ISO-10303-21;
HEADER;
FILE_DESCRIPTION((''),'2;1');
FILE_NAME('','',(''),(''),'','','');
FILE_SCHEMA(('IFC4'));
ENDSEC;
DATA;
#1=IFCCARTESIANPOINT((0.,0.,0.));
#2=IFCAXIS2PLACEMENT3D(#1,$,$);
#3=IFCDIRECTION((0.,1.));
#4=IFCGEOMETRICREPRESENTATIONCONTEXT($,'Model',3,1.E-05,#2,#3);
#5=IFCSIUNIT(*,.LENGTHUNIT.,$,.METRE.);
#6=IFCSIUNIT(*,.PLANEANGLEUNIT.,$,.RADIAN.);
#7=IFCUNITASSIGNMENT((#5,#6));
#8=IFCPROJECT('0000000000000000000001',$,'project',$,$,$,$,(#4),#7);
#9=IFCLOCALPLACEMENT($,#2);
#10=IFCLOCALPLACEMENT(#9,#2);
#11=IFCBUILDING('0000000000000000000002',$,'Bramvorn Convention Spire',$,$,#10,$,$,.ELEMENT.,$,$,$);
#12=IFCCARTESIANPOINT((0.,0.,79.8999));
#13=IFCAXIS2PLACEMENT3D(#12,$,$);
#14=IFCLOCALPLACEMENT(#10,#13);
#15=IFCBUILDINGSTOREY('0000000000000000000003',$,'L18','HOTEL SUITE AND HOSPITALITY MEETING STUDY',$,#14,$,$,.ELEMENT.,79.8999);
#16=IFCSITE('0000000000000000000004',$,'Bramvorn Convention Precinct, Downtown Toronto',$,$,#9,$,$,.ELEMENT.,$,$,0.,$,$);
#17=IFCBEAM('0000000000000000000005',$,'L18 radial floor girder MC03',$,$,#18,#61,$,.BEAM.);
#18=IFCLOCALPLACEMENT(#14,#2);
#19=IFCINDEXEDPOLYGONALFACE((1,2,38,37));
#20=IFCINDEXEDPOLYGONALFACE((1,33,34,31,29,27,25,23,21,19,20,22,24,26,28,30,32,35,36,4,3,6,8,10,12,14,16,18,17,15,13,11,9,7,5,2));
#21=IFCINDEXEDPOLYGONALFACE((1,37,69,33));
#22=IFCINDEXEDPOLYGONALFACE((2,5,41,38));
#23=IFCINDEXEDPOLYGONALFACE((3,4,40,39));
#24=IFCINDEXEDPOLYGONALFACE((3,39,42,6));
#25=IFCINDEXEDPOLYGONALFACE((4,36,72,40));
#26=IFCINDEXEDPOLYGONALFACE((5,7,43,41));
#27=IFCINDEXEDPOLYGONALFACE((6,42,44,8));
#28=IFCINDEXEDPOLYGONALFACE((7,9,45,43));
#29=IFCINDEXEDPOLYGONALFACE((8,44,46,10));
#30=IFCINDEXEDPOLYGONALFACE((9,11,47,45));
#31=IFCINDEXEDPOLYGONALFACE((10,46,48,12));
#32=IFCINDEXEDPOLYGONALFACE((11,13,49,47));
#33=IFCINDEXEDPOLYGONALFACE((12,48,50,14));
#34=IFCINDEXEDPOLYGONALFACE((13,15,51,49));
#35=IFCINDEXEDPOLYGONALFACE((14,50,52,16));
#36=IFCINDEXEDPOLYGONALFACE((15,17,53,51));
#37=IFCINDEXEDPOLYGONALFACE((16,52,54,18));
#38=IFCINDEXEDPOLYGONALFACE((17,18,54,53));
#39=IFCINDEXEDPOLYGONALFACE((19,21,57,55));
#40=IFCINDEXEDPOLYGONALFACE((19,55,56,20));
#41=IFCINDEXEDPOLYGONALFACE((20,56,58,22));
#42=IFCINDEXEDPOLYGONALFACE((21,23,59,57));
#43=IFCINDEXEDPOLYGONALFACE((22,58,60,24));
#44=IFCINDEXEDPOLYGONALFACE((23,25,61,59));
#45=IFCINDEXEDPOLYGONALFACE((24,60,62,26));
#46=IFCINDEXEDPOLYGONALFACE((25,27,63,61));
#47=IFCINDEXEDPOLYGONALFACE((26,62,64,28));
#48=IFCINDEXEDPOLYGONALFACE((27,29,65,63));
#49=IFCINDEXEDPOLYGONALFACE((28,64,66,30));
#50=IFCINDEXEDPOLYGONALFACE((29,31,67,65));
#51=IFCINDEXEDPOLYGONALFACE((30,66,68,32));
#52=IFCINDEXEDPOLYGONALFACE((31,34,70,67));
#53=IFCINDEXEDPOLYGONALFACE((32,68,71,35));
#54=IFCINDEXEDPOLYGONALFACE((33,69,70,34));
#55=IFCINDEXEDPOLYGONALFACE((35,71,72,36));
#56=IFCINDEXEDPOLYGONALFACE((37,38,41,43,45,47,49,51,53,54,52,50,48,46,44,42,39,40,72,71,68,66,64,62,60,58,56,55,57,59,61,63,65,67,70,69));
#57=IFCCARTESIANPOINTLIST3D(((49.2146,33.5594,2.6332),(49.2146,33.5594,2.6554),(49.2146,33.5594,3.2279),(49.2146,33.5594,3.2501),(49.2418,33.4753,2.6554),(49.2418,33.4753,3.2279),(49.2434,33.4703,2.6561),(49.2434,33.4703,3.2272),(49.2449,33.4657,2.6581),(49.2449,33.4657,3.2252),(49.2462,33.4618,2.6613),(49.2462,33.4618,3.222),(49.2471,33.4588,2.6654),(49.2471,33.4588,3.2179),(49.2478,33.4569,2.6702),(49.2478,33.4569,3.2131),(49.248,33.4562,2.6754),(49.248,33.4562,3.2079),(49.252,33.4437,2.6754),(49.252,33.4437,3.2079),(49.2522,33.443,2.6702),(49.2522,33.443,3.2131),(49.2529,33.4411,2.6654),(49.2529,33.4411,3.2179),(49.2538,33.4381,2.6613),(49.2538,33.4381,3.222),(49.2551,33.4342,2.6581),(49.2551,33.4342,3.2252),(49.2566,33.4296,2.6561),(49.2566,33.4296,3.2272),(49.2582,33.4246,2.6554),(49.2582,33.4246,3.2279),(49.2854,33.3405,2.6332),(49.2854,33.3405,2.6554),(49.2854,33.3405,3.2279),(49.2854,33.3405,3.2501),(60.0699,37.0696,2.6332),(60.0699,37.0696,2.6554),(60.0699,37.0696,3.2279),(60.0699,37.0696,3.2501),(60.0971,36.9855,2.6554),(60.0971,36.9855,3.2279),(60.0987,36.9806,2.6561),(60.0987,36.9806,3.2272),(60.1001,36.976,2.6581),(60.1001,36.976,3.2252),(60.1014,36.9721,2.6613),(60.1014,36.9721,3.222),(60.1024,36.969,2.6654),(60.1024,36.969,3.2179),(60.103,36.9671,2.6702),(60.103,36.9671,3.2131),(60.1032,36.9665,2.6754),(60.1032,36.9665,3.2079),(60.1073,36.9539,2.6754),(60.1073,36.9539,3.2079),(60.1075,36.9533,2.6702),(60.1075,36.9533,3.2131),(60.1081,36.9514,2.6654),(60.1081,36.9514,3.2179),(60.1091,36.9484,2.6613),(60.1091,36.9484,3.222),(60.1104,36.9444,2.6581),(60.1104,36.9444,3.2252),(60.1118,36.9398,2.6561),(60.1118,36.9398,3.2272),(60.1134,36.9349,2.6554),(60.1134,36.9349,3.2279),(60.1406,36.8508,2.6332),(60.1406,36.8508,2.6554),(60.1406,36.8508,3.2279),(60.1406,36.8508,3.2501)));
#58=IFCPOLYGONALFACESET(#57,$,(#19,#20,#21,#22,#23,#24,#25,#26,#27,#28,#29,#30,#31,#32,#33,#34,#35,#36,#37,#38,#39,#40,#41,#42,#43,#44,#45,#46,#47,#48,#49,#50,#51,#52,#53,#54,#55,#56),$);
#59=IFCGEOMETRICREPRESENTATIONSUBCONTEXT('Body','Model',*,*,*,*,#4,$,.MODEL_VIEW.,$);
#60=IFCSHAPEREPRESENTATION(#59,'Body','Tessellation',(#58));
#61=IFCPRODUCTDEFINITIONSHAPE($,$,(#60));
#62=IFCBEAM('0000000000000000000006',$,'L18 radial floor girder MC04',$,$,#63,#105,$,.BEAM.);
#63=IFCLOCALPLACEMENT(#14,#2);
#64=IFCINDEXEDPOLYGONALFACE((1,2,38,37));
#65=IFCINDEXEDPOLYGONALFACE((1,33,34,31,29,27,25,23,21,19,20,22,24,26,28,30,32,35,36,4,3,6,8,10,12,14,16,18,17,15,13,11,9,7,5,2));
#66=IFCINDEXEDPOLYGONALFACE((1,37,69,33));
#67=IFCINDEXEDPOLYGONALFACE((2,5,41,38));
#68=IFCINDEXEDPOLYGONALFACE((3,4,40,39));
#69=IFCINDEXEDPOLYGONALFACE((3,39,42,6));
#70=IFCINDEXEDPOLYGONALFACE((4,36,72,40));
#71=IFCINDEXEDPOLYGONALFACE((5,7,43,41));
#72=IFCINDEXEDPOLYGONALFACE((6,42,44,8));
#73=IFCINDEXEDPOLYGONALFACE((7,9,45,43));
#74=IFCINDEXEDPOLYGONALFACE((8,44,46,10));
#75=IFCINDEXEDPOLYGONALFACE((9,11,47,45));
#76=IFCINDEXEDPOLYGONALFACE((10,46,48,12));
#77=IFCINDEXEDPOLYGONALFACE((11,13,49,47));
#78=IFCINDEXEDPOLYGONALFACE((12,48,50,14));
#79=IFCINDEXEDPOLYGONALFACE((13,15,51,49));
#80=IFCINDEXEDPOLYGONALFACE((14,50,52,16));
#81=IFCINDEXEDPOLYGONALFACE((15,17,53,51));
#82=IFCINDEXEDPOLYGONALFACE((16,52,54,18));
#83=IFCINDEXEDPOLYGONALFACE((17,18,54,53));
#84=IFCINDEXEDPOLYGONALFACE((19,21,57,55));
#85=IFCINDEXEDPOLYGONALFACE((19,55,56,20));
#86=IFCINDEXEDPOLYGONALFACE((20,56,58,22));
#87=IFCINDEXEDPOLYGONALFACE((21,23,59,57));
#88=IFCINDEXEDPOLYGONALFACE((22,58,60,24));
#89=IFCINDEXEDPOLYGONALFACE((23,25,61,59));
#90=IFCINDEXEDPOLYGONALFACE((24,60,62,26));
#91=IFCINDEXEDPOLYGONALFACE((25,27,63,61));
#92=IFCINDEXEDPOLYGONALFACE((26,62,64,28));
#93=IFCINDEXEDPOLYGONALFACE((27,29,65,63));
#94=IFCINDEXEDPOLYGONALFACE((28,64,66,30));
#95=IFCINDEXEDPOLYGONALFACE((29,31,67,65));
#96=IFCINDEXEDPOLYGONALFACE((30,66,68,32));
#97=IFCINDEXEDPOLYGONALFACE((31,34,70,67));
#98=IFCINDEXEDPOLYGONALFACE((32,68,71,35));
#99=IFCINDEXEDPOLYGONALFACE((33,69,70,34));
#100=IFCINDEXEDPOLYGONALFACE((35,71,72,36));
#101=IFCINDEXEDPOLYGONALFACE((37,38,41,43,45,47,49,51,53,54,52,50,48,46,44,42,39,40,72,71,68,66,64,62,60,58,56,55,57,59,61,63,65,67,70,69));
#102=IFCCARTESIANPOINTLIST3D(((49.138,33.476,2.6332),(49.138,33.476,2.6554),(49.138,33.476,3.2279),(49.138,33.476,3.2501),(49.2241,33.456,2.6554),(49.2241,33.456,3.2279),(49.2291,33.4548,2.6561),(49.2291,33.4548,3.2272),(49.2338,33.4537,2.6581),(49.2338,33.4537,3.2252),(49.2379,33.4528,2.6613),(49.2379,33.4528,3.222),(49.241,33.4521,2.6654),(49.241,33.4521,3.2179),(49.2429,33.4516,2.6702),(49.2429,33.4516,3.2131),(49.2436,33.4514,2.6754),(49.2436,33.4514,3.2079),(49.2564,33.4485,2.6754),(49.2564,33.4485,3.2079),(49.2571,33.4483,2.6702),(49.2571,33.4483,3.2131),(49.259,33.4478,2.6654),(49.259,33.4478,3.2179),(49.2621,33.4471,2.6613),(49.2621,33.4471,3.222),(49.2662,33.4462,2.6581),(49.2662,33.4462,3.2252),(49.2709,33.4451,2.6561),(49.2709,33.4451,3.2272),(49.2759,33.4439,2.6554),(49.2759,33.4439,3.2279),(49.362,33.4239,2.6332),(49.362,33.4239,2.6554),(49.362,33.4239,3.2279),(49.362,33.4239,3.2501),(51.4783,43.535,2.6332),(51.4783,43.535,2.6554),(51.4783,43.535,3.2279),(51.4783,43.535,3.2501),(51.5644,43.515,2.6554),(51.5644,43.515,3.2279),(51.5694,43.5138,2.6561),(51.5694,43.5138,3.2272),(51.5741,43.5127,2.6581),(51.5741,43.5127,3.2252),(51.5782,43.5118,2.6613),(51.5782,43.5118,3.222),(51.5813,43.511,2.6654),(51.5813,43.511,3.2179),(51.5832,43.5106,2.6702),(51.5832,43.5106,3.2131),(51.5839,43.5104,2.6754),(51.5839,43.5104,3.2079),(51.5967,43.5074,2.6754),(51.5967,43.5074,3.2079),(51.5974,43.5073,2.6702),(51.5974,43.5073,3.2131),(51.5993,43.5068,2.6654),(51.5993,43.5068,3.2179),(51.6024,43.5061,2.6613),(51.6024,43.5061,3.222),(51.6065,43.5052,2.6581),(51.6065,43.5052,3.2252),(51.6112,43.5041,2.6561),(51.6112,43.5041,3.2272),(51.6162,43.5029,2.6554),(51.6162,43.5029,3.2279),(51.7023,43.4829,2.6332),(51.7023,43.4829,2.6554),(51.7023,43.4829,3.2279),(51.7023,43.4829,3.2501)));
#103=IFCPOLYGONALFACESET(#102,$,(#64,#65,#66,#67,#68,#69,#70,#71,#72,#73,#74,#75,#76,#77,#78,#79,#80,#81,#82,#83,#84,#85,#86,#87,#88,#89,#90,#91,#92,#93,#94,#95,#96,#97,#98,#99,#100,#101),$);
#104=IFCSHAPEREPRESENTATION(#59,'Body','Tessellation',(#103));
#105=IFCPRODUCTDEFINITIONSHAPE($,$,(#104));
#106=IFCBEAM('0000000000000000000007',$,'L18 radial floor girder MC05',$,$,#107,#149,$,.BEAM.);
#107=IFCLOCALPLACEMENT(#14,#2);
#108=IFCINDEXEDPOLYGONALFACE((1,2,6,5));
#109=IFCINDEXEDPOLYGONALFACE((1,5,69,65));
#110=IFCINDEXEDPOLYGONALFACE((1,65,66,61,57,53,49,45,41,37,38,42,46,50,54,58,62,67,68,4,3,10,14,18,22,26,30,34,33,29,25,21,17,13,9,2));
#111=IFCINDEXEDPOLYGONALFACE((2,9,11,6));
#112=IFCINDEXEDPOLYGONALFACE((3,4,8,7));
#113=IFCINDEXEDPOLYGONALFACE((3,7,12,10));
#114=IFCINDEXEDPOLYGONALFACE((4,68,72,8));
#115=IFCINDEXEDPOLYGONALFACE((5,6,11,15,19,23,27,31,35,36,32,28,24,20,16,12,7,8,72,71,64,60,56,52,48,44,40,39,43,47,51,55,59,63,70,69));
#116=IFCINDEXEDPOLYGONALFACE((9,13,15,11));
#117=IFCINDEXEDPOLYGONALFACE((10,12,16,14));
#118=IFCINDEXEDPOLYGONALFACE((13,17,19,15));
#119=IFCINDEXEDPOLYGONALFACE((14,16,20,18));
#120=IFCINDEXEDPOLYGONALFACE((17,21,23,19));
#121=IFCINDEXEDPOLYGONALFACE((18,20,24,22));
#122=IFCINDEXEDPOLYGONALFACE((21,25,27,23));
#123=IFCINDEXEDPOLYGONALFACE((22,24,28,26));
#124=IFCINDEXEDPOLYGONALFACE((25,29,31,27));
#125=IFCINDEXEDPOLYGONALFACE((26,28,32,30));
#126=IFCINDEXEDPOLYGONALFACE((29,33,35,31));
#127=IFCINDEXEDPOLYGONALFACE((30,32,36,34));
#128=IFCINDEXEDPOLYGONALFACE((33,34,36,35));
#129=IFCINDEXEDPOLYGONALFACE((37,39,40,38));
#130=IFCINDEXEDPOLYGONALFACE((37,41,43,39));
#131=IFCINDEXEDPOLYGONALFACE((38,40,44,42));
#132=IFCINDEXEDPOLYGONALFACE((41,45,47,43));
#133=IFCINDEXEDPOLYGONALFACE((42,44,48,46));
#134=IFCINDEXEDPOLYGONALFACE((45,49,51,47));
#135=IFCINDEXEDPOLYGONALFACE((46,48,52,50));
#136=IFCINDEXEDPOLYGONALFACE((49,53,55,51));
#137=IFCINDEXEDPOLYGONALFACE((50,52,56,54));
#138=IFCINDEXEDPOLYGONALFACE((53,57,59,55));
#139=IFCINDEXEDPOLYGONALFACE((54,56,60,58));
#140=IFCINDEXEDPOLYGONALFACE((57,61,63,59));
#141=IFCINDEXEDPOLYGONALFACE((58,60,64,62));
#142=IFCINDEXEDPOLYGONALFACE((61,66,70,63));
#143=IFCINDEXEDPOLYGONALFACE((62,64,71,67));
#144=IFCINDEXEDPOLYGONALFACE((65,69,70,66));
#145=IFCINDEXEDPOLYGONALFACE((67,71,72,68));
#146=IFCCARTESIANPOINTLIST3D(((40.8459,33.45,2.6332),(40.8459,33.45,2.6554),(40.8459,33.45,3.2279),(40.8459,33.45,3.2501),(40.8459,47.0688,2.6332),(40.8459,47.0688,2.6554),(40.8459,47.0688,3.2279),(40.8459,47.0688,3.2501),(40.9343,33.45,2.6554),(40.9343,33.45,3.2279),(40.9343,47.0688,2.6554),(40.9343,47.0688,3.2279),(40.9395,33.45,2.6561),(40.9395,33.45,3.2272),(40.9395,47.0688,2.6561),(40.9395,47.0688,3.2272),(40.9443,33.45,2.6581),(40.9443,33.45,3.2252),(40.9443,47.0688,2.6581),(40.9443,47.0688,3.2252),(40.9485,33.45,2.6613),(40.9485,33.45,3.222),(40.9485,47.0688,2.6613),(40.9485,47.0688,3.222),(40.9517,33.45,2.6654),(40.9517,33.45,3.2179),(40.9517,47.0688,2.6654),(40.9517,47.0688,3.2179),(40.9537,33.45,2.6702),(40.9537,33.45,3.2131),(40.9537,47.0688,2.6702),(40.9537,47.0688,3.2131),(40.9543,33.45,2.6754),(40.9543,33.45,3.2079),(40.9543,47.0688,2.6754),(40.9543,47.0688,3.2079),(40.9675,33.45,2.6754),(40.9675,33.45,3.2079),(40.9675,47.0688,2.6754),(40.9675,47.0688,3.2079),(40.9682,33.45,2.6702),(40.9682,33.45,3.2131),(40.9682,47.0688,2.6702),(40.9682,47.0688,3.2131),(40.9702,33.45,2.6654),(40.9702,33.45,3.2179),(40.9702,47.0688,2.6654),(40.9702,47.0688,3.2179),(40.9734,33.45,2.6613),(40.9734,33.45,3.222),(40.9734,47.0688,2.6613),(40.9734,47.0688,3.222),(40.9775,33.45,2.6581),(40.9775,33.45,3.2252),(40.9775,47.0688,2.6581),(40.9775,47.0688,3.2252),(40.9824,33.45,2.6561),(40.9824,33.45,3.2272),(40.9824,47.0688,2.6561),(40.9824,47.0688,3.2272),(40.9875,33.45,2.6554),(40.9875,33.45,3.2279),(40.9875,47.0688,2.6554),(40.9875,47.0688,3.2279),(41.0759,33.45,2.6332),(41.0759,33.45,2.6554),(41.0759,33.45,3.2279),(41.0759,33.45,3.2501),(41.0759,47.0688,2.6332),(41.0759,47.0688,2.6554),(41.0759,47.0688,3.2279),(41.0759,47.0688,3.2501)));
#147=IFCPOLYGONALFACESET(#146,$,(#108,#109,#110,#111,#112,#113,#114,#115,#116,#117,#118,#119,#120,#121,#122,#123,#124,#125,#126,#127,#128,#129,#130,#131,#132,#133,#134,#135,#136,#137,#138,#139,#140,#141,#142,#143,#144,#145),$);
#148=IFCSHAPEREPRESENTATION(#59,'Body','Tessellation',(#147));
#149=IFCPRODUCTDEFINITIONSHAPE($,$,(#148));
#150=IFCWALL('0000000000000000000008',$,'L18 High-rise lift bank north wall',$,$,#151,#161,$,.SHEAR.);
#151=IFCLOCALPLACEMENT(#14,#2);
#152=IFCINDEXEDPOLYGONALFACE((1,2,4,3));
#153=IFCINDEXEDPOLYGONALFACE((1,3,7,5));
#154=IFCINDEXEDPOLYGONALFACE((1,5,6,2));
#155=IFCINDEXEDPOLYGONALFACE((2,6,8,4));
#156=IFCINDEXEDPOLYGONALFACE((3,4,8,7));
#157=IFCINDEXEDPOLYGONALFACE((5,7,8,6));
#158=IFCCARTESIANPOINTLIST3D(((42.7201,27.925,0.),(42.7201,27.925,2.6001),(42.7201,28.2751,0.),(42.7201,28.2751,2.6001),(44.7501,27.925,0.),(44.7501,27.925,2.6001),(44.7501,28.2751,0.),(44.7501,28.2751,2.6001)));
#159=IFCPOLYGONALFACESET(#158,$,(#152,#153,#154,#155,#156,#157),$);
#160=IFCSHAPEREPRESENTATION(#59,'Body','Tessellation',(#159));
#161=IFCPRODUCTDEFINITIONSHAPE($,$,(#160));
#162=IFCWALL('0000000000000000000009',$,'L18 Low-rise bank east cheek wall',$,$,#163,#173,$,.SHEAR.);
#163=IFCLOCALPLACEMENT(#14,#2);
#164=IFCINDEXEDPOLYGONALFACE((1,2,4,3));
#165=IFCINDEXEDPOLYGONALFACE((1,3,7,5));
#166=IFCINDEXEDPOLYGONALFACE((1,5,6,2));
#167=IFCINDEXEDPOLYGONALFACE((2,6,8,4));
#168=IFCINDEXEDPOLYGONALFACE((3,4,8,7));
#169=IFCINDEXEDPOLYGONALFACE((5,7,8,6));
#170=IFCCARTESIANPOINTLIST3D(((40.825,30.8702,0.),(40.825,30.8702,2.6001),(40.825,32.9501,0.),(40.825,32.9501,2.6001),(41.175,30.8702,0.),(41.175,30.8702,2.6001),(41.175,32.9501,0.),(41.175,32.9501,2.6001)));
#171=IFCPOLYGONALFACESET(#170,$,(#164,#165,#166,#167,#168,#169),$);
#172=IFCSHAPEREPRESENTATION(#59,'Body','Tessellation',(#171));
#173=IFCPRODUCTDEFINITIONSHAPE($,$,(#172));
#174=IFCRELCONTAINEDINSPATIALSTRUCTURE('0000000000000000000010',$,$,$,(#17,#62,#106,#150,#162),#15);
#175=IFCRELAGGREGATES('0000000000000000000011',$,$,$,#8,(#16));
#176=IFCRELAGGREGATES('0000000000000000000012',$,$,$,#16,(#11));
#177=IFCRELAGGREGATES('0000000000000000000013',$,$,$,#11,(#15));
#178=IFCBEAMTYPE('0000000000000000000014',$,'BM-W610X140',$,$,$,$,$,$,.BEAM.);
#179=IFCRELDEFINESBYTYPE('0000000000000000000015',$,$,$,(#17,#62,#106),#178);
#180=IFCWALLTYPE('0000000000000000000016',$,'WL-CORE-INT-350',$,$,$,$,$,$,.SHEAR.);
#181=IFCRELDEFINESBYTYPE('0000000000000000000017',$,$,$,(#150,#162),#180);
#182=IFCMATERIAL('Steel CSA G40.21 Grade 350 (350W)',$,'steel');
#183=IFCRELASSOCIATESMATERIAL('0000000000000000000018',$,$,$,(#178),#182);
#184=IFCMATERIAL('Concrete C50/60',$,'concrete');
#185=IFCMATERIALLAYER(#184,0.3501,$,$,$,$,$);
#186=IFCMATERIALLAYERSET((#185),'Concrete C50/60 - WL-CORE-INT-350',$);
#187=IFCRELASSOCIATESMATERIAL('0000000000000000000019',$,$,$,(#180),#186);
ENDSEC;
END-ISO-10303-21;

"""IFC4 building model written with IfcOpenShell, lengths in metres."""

from ifc_helpers import new_model, si_unit, direction, frame, frame_2d, origin, origin_2d, place, context, subcontext, project, spatial, rectangle, i_section, extrude, material, layer, layer_set, material_profile, profile_set, type_object, element, save


model = new_model("IFC4")

# Units and contexts
model_context = context("Model", 3, precision=1e-05, world=origin(), true_north=direction((0.0, 1.0)))
body_context = subcontext(model_context, "Body", "Model", "MODEL_VIEW")
ifc_project = project(units=[si_unit("LENGTHUNIT", "METRE"), si_unit("PLANEANGLEUNIT", "RADIAN")], contexts=[model_context])

# Site, building, storey
site_placement = place(None, origin())
site = spatial("IfcSite", under=ifc_project, at=site_placement, Name="Bramvorn Convention Precinct, Downtown Toronto", CompositionType="ELEMENT", RefElevation=0.0)
building_placement = place(site_placement, origin())
building = spatial("IfcBuilding", under=site, at=building_placement, Name="Bramvorn Convention Spire", CompositionType="ELEMENT")
storey_placement = place(building_placement, frame((0.0, 0.0, 79.8999)))
storey = spatial("IfcBuildingStorey", under=building, at=storey_placement, Name="L18", Description="HOTEL SUITE AND HOSPITALITY MEETING STUDY", CompositionType="ELEMENT", Elevation=79.8999)

# Beams
ifc_material_1 = material(Name="Steel CSA G40.21 Grade 350 (350W)", Category="steel")
ifc_material_profile_1 = material_profile(ifc_material_1, i_section(OverallWidth=0.23, OverallDepth=0.6169, WebThickness=0.0132, FlangeThickness=0.0222, FilletRadius=0.02, at=origin_2d()))
ifc_profile_set_1 = profile_set([ifc_material_profile_1], Name="Steel CSA G40.21 Grade 350 (350W) - W610X140")
beam_type_1 = type_object("IfcBeamType", Name="BM-W610X140", PredefinedType="BEAM", material=ifc_profile_set_1)
beam_1_placement = place(storey_placement, frame((49.25, 33.45, 2.9417), z_axis=(0.951489, 0.307683, 0.0), x_axis=(-0.307683, 0.951489, 0.0)))
element("IfcBeam", 1, at=beam_1_placement, inside=storey, type_object=beam_type_1, Name="L18 radial floor girder MC03", PredefinedType="BEAM", context=body_context, shape_type="SweptSolid", body=[
    extrude(i_section(OverallWidth=0.23, OverallDepth=0.6169, WebThickness=0.0132, FlangeThickness=0.0222, FilletRadius=0.02, at=origin_2d()), origin(), (0.0, 0.0, 1.0), 11.4087),
])
beam_2_placement = place(storey_placement, frame((49.25, 33.45, 2.9417), z_axis=(0.226606, 0.973986, 0.0), x_axis=(-0.973986, 0.226606, 0.0)))
element("IfcBeam", 2, at=beam_2_placement, inside=storey, type_object=beam_type_1, Name="L18 radial floor girder MC04", PredefinedType="BEAM", context=body_context, shape_type="SweptSolid", body=[
    extrude(i_section(OverallWidth=0.23, OverallDepth=0.6169, WebThickness=0.0132, FlangeThickness=0.0222, FilletRadius=0.02, at=origin_2d()), origin(), (0.0, 0.0, 1.0), 10.3276),
])
beam_3_placement = place(storey_placement, frame((40.9609, 33.45, 2.9417), z_axis=(0.0, 1.0, 0.0), x_axis=(-1.0, 0.0, 0.0)))
element("IfcBeam", 3, at=beam_3_placement, inside=storey, type_object=beam_type_1, Name="L18 radial floor girder MC05", PredefinedType="BEAM", context=body_context, shape_type="SweptSolid", body=[
    extrude(i_section(OverallWidth=0.23, OverallDepth=0.6169, WebThickness=0.0132, FlangeThickness=0.0222, FilletRadius=0.02, at=origin_2d()), origin(), (0.0, 0.0, 1.0), 13.6189),
])

# Shared definitions
ifc_material_2 = material(Name="Concrete C50/60", Category="concrete")
ifc_layer_1 = layer(ifc_material_2, 0.3501)
ifc_layer_set_1 = layer_set([ifc_layer_1], Name="Concrete C50/60 - WL-CORE-INT-350")
wall_type_1 = type_object("IfcWallType", Name="WL-CORE-INT-350", PredefinedType="SHEAR", material=ifc_layer_set_1)

# Walls
wall_1_placement = place(storey_placement, frame((42.72, 28.1001, 0.0), z_axis=(0.0, 0.0, 1.0), x_axis=(1.0, 0.0, 0.0)))
element("IfcWall", 4, at=wall_1_placement, inside=storey, type_object=wall_type_1, Name="L18 High-rise lift bank north wall", PredefinedType="SHEAR", context=body_context, shape_type="SweptSolid", body=[
    extrude(rectangle(XDim=2.03, YDim=0.3501, at=frame_2d((1.0151, 0.0))), origin(), (0.0, 0.0, 1.0), 2.6001),
])
wall_2_placement = place(storey_placement, frame((41.0, 30.8701, 0.0), z_axis=(0.0, 0.0, 1.0), x_axis=(0.0, 1.0, 0.0)))
element("IfcWall", 5, at=wall_2_placement, inside=storey, type_object=wall_type_1, Name="L18 Low-rise bank east cheek wall", PredefinedType="SHEAR", context=body_context, shape_type="SweptSolid", body=[
    extrude(rectangle(XDim=2.0798, YDim=0.3501, at=frame_2d((1.04, 0.0))), origin(), (0.0, 0.0, 1.0), 2.6001),
])

save(model, "model.ifc")
